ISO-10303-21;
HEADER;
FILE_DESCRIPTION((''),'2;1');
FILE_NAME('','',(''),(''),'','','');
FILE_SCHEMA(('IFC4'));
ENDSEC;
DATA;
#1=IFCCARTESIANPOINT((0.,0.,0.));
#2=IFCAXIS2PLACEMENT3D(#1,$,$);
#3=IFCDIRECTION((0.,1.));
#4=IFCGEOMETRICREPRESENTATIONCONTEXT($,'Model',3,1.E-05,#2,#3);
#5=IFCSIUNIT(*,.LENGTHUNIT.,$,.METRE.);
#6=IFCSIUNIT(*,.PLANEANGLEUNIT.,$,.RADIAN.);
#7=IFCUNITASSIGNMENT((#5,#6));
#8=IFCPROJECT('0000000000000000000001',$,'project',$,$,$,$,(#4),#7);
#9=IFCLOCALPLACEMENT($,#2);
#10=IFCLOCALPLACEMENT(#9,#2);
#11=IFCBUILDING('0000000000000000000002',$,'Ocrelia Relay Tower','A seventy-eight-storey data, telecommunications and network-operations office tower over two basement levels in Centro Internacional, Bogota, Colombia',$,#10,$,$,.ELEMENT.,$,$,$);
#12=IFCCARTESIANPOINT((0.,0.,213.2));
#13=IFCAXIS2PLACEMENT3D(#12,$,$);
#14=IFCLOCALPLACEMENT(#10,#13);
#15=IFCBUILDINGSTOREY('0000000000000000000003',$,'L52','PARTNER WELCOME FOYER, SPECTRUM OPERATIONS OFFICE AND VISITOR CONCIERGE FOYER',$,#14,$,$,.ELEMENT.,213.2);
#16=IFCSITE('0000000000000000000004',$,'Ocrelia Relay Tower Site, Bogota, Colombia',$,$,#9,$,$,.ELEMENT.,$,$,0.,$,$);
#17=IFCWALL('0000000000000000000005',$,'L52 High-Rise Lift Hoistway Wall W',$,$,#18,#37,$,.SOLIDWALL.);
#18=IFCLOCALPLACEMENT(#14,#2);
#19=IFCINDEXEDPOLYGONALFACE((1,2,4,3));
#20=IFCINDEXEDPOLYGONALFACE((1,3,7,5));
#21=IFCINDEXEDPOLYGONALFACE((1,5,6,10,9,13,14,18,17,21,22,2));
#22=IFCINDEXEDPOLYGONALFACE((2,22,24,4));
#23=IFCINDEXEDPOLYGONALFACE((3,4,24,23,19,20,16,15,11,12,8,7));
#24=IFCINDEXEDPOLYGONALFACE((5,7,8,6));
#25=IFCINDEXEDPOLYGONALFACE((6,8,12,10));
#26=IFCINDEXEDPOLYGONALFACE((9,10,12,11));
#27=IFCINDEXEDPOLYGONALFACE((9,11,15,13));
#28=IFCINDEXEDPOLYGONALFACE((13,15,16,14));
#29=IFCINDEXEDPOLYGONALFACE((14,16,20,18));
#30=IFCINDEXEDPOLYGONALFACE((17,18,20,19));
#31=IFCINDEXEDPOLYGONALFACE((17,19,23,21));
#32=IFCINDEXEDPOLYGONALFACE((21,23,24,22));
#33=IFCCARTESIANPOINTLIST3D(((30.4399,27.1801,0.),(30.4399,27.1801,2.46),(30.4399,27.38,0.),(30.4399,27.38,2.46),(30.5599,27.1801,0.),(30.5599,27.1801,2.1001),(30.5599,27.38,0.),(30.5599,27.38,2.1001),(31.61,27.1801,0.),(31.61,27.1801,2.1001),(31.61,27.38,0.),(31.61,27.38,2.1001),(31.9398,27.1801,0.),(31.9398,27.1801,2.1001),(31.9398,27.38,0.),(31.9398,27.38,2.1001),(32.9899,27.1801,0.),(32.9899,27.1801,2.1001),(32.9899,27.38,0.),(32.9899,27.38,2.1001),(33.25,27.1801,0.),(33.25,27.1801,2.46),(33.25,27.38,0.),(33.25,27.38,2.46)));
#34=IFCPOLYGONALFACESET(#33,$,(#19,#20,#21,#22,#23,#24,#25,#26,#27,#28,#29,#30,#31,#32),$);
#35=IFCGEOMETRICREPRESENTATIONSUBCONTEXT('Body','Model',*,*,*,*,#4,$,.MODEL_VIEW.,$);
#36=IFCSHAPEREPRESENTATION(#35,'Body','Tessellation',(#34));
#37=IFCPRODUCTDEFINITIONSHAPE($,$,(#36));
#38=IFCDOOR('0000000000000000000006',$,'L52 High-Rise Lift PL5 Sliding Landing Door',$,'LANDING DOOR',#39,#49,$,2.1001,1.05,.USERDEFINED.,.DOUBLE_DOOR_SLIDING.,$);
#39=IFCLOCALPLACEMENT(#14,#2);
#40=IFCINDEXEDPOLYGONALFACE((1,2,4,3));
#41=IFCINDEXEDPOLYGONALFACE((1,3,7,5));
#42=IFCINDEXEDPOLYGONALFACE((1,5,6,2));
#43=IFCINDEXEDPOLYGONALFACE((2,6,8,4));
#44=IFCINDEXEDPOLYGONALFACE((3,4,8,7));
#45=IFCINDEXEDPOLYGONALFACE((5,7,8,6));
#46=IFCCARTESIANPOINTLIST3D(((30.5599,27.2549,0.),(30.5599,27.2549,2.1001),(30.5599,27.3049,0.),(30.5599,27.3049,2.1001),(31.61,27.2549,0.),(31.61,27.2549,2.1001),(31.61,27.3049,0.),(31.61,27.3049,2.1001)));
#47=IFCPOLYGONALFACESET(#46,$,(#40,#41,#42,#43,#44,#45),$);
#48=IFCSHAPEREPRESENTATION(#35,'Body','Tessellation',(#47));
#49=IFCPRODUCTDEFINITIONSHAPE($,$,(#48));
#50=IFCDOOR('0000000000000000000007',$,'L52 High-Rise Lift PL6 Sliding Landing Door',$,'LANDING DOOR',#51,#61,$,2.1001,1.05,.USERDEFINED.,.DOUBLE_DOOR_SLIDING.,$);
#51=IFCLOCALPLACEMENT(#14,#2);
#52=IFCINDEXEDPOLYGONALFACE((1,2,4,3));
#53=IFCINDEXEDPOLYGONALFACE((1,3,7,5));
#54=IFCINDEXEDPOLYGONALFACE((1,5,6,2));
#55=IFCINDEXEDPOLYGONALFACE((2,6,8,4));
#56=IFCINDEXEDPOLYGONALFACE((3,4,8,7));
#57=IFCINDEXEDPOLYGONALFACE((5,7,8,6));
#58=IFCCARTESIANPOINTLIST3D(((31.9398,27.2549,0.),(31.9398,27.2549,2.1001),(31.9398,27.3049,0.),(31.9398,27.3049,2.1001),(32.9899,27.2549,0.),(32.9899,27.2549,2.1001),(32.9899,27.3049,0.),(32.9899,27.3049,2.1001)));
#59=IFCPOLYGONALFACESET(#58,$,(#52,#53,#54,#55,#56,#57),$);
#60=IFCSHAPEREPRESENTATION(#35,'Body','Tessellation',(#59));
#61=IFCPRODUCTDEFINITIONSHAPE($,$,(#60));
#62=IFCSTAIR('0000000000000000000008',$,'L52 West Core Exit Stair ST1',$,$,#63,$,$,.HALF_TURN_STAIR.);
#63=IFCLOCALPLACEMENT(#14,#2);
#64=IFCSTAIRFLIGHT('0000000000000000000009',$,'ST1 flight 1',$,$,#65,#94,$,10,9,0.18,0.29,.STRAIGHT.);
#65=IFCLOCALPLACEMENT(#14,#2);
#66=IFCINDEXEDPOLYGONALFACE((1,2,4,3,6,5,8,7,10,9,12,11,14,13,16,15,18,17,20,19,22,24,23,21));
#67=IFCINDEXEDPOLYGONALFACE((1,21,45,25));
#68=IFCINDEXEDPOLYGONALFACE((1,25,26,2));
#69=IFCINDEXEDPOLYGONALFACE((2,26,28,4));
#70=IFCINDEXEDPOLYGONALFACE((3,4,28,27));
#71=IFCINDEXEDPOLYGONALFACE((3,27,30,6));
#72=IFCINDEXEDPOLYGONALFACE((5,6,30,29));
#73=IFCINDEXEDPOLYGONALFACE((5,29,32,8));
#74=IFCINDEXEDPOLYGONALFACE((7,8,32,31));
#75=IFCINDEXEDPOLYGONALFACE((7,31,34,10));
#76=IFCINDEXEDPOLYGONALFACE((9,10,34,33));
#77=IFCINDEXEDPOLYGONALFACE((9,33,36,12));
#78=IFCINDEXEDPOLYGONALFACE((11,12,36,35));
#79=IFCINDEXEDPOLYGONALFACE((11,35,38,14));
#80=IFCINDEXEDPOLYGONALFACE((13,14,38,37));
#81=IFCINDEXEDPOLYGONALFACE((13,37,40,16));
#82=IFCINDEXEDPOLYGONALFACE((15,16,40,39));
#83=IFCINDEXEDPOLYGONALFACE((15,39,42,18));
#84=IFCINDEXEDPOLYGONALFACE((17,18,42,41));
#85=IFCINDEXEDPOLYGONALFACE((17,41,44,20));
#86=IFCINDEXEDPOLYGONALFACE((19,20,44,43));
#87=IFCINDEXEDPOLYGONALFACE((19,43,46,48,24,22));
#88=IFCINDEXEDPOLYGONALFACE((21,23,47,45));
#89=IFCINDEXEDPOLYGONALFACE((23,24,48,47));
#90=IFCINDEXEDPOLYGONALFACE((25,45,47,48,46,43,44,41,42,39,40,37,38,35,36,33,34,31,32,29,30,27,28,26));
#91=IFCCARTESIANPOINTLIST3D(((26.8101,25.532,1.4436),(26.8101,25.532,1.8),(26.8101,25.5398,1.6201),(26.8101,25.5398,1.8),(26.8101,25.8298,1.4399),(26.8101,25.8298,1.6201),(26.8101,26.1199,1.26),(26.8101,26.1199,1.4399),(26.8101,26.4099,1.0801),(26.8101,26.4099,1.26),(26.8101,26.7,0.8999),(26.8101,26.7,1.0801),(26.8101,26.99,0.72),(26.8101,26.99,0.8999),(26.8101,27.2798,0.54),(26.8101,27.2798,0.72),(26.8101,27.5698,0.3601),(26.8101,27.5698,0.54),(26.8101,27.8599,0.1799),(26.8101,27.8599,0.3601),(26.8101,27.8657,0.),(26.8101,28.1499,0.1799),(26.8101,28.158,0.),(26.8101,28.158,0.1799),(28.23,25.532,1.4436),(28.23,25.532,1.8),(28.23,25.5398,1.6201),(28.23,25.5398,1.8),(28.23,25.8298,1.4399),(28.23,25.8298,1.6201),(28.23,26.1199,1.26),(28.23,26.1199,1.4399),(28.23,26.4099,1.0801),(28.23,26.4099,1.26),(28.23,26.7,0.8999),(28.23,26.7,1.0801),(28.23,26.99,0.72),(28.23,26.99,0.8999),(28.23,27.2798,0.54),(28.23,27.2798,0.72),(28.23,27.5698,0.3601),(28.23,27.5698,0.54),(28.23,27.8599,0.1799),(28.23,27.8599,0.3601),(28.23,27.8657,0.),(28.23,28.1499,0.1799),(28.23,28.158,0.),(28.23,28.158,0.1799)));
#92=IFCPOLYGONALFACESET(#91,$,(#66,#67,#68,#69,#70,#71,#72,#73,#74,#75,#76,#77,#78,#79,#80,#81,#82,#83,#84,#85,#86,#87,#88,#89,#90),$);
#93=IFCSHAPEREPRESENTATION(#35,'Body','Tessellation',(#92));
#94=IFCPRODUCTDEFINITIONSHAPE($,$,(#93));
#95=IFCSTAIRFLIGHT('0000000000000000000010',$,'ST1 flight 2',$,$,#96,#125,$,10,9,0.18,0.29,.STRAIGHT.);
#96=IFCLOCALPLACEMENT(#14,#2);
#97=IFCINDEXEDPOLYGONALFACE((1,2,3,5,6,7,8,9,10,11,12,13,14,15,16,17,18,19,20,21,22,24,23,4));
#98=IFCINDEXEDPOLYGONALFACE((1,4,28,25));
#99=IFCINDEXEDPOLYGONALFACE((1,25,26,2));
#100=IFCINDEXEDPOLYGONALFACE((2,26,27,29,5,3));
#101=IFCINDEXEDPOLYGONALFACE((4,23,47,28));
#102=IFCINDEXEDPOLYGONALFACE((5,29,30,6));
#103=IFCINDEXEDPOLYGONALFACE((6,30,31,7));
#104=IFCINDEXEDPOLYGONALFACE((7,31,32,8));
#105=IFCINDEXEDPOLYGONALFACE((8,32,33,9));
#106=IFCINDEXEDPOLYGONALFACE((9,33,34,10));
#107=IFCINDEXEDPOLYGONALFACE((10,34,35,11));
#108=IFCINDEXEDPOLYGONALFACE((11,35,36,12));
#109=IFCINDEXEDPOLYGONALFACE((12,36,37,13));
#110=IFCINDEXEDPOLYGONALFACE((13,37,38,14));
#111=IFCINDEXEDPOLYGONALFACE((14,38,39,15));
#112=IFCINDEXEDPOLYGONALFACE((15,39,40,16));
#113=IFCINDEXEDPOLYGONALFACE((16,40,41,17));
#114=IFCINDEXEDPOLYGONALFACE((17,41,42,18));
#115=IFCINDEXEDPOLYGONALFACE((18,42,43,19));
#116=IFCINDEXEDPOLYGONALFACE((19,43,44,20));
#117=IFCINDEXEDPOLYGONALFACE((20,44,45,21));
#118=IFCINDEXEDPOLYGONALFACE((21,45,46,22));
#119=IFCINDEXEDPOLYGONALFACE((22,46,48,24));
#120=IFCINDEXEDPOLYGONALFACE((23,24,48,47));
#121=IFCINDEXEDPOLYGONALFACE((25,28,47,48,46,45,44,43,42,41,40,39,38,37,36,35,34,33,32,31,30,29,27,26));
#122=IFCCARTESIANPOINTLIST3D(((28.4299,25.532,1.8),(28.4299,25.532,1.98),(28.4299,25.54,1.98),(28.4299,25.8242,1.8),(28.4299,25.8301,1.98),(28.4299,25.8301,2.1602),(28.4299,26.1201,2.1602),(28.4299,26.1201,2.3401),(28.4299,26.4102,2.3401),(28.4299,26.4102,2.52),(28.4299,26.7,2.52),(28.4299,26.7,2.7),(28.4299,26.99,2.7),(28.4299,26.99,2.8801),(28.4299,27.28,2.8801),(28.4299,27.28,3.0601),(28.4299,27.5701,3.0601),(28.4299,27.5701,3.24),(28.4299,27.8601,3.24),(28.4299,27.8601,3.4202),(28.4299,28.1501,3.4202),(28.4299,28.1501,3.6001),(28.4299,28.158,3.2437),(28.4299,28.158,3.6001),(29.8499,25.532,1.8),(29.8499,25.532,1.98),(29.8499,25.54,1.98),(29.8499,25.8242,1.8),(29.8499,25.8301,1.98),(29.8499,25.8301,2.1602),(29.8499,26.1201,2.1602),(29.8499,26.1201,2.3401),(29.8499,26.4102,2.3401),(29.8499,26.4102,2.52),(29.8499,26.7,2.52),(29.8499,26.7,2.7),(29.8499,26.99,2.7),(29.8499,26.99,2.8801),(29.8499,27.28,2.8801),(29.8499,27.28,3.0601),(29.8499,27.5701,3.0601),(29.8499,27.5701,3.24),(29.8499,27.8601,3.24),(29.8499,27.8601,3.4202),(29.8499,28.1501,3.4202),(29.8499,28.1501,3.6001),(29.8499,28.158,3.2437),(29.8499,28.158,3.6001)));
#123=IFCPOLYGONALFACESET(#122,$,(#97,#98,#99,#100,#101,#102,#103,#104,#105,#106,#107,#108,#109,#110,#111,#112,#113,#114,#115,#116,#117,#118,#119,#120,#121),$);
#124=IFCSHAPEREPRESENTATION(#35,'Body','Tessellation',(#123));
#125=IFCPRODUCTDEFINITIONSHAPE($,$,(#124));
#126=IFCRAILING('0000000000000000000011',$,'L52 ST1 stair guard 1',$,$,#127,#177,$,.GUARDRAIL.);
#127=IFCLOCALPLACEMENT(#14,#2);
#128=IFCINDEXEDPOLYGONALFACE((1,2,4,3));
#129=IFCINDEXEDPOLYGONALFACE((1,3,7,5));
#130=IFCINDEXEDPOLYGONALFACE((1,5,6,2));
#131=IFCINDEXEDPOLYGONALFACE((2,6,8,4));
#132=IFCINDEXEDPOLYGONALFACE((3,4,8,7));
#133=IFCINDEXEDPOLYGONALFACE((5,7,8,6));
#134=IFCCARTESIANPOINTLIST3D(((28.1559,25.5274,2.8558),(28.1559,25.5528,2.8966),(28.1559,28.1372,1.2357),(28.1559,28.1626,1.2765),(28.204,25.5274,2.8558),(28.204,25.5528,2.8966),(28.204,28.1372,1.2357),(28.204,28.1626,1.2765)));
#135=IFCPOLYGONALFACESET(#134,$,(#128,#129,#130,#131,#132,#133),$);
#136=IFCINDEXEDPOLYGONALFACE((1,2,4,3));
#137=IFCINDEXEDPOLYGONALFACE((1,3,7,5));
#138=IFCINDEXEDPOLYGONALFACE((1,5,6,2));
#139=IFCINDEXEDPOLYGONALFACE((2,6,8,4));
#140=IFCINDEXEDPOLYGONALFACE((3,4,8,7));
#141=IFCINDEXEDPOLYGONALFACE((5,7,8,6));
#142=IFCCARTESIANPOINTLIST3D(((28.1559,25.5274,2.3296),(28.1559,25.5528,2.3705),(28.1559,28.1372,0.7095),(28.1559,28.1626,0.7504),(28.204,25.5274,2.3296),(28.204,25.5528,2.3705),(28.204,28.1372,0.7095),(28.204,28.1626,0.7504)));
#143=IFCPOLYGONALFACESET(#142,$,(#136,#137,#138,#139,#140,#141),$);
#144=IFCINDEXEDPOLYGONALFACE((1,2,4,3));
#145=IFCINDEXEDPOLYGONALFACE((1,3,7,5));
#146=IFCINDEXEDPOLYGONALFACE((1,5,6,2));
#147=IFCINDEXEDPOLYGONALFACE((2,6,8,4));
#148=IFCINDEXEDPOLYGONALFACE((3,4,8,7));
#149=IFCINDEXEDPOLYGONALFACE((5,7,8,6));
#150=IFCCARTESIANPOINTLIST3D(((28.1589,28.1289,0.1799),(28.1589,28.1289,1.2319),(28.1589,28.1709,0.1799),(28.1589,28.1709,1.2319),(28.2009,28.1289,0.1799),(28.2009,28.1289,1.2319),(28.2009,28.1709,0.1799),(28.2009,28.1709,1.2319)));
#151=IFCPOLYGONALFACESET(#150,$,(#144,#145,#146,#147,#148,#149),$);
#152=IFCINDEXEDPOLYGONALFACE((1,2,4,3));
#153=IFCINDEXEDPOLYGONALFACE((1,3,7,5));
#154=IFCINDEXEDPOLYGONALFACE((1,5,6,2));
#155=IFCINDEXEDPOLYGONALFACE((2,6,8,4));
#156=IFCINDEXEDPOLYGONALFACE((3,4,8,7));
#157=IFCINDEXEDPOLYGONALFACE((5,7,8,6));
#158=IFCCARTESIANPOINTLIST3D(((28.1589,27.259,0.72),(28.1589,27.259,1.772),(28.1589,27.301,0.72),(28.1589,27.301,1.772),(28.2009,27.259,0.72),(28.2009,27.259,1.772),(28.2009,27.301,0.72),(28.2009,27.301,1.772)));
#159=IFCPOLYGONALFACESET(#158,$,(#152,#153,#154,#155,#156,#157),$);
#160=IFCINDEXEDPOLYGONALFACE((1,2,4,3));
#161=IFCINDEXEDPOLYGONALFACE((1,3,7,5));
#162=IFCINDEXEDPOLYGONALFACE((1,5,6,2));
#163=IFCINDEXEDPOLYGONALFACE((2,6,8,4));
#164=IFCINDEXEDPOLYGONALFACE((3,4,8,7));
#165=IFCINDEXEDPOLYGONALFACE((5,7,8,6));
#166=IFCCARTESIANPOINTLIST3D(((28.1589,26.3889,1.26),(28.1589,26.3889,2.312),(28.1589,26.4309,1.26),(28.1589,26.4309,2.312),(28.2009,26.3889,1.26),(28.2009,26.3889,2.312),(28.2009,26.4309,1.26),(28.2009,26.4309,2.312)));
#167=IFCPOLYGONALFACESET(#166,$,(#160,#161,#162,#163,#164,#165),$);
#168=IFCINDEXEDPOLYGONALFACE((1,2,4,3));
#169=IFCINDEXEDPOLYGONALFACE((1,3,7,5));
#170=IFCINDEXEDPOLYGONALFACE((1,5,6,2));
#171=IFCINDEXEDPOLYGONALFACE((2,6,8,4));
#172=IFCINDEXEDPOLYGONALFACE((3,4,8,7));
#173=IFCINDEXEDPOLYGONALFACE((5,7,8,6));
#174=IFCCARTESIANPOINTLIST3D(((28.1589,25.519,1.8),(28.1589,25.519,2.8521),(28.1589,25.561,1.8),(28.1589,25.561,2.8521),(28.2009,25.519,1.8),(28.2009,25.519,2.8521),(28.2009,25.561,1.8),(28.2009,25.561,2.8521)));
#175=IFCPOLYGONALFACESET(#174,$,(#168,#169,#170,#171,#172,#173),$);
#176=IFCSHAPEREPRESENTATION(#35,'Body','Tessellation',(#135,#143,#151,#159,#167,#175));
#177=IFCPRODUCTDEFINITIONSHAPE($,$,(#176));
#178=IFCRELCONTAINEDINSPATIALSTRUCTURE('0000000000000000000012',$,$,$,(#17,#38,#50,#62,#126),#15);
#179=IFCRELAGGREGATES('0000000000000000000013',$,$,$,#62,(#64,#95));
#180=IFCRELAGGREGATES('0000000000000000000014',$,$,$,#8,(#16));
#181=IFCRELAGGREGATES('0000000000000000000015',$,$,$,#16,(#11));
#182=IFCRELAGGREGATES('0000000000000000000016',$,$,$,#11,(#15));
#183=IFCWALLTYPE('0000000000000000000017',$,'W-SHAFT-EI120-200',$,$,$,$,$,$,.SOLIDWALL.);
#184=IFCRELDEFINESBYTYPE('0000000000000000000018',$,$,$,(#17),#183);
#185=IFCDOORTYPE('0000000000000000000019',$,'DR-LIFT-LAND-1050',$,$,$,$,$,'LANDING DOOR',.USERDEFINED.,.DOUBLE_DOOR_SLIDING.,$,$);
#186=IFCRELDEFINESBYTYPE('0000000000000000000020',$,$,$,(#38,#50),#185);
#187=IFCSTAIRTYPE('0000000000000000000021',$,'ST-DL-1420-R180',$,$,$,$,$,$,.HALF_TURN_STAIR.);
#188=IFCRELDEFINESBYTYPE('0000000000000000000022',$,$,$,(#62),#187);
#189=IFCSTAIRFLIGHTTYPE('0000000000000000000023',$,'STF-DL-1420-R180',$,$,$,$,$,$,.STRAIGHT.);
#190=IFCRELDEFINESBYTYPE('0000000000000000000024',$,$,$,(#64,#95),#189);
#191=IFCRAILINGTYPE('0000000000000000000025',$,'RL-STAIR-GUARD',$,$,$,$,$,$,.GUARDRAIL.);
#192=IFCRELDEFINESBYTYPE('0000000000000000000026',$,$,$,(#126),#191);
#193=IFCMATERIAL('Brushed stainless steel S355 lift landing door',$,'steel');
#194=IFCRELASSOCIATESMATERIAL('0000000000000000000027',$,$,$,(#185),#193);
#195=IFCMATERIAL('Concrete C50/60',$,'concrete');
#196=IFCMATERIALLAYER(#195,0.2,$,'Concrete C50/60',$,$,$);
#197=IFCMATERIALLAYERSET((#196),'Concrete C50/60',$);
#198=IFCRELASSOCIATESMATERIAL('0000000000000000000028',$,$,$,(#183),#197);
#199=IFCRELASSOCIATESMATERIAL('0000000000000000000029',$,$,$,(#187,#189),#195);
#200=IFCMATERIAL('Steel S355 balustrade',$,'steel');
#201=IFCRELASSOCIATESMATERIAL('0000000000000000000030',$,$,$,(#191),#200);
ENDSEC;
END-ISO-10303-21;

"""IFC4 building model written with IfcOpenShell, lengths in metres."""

from ifc_helpers import new_model, si_unit, direction, frame, frame_2d, origin, origin_2d, place, context, subcontext, project, spatial, polyline, rectangle, outline, extrude, material, layer, layer_set, type_object, element, fill, aggregate, save


model = new_model("IFC4")

# Units and contexts
model_context = context("Model", 3, precision=1e-05, world=origin(), true_north=direction((0.0, 1.0)))
body_context = subcontext(model_context, "Body", "Model", "MODEL_VIEW")
ifc_project = project(units=[si_unit("LENGTHUNIT", "METRE"), si_unit("PLANEANGLEUNIT", "RADIAN")], contexts=[model_context])

# Site, building, storey
site_placement = place(None, origin())
site = spatial("IfcSite", under=ifc_project, at=site_placement, Name="Ocrelia Relay Tower Site, Bogota, Colombia", CompositionType="ELEMENT", RefElevation=0.0)
building_placement = place(site_placement, origin())
building = spatial("IfcBuilding", under=site, at=building_placement, Name="Ocrelia Relay Tower", Description="A seventy-eight-storey data, telecommunications and network-operations office tower over two basement levels in Centro Internacional, Bogota, Colombia", CompositionType="ELEMENT")
storey_placement = place(building_placement, frame((0.0, 0.0, 213.2)))
storey = spatial("IfcBuildingStorey", under=building, at=storey_placement, Name="L52", Description="PARTNER WELCOME FOYER, SPECTRUM OPERATIONS OFFICE AND VISITOR CONCIERGE FOYER", CompositionType="ELEMENT", Elevation=213.2)

# Shared definitions
ifc_material_1 = material(Name="Concrete C50/60", Category="concrete")

# Shared definitions
ifc_material_2 = material(Name="Brushed stainless steel S355 lift landing door", Category="steel")
door_type_1 = type_object("IfcDoorType", Name="DR-LIFT-LAND-1050", ElementType="LANDING DOOR", OperationType="DOUBLE_DOOR_SLIDING", PredefinedType="USERDEFINED", material=ifc_material_2)

# Shared definitions
ifc_layer_1 = layer(ifc_material_1, 0.2, Name="Concrete C50/60")
ifc_layer_set_1 = layer_set([ifc_layer_1], Name="Concrete C50/60")
wall_type_1 = type_object("IfcWallType", Name="W-SHAFT-EI120-200", PredefinedType="SOLIDWALL", material=ifc_layer_set_1)

# Wall, openings, doors
wall_1_placement = place(storey_placement, frame((30.4399, 27.28, 0.0), z_axis=(0.0, 0.0, 1.0), x_axis=(1.0, 0.0, 0.0)))
wall_1 = element("IfcWall", 1, at=wall_1_placement, inside=storey, type_object=wall_type_1, Name="L52 High-Rise Lift Hoistway Wall W", PredefinedType="SOLIDWALL", context=body_context, shape_type="SweptSolid", body=[
    extrude(rectangle(XDim=2.8101, YDim=0.2, at=frame_2d((1.405, 0.0))), origin(), (0.0, 0.0, 1.0), 2.46),
])
opening_1_placement = place(wall_1_placement, frame((0.1201, 0.0, 0.0)))
opening_1 = element("IfcOpeningElement", 2, at=opening_1_placement, cuts=wall_1, PredefinedType="OPENING", context=body_context, shape_type="SweptSolid", body=[
    extrude(rectangle(XDim=1.05, YDim=2.1001, at=frame_2d((0.5249, 1.05))), frame((0.0, 0.1099, 0.0), z_axis=(0.0, -1.0, 0.0), x_axis=(1.0, 0.0, 0.0)), (0.0, 0.0, 1.0), 0.22),
])
opening_2_placement = place(wall_1_placement, frame((1.5, 0.0, 0.0)))
opening_2 = element("IfcOpeningElement", 3, at=opening_2_placement, cuts=wall_1, PredefinedType="OPENING", context=body_context, shape_type="SweptSolid", body=[
    extrude(rectangle(XDim=1.05, YDim=2.1001, at=frame_2d((0.5249, 1.05))), frame((0.0, 0.1099, 0.0), z_axis=(0.0, -1.0, 0.0), x_axis=(1.0, 0.0, 0.0)), (0.0, 0.0, 1.0), 0.22),
])
door_1_placement = place(opening_1_placement, origin())
door_1 = element("IfcDoor", 4, at=door_1_placement, inside=storey, type_object=door_type_1, Name="L52 High-Rise Lift PL5 Sliding Landing Door", ObjectType="LANDING DOOR", OperationType="DOUBLE_DOOR_SLIDING", OverallHeight=2.1001, OverallWidth=1.05, PredefinedType="USERDEFINED", context=body_context, shape_type="SweptSolid", body=[
    extrude(rectangle(XDim=1.05, YDim=2.1001, at=frame_2d((0.5249, 1.05))), frame((0.0, 0.0249, 0.0), z_axis=(0.0, -1.0, 0.0), x_axis=(1.0, 0.0, 0.0)), (0.0, 0.0, 1.0), 0.05),
])
fill(opening_1, door_1)
door_2_placement = place(opening_2_placement, origin())
door_2 = element("IfcDoor", 5, at=door_2_placement, inside=storey, type_object=door_type_1, Name="L52 High-Rise Lift PL6 Sliding Landing Door", ObjectType="LANDING DOOR", OperationType="DOUBLE_DOOR_SLIDING", OverallHeight=2.1001, OverallWidth=1.05, PredefinedType="USERDEFINED", context=body_context, shape_type="SweptSolid", body=[
    extrude(rectangle(XDim=1.05, YDim=2.1001, at=frame_2d((0.5249, 1.05))), frame((0.0, 0.0249, 0.0), z_axis=(0.0, -1.0, 0.0), x_axis=(1.0, 0.0, 0.0)), (0.0, 0.0, 1.0), 0.05),
])
fill(opening_2, door_2)

# Stair, stair flights
stair_type = type_object("IfcStairType", Name="ST-DL-1420-R180", PredefinedType="HALF_TURN_STAIR", material=ifc_material_1)
stair_placement = place(storey_placement, origin())
stair = element("IfcStair", 6, at=stair_placement, inside=storey, type_object=stair_type, Name="L52 West Core Exit Stair ST1", PredefinedType="HALF_TURN_STAIR")
stair_flight_type = type_object("IfcStairFlightType", Name="STF-DL-1420-R180", PredefinedType="STRAIGHT", material=ifc_material_1)
stair_flight_1_placement = place(storey_placement, frame((27.52, 28.1499, 0.0), z_axis=(0.0, 0.0, 1.0), x_axis=(0.0, -1.0, 0.0)))
stair_flight_1 = element("IfcStairFlight", 7, at=stair_flight_1_placement, type_object=stair_flight_type, Name="ST1 flight 1", NumberOfRisers=10, NumberOfTreads=9, PredefinedType="STRAIGHT", RiserHeight=0.18, TreadLength=0.29, context=body_context, shape_type="SweptSolid", body=[
    extrude(outline(polyline([(-0.0081, 0.0), (-0.0081, 0.1799), (0.0, 0.1799), (0.29, 0.1799), (0.29, 0.3601), (0.5801, 0.3601), (0.5801, 0.54), (0.8701, 0.54), (0.8701, 0.72), (1.1599, 0.72), (1.1599, 0.8999), (1.45, 0.8999), (1.45, 1.0801), (1.74, 1.0801), (1.74, 1.26), (2.03, 1.26), (2.03, 1.4399), (2.3201, 1.4399), (2.3201, 1.6201), (2.6101, 1.6201), (2.6101, 1.8), (2.6179, 1.8), (2.6179, 1.4436), (0.2842, 0.0), (-0.0081, 0.0)])), frame((0.0, 0.71, 0.0), z_axis=(0.0, -1.0, 0.0), x_axis=(1.0, 0.0, 0.0)), (0.0, 0.0, 1.0), 1.4199),
])
stair_flight_2_placement = place(storey_placement, frame((29.1399, 25.54, 1.8), z_axis=(0.0, 0.0, 1.0), x_axis=(0.0, 1.0, 0.0)))
stair_flight_2 = element("IfcStairFlight", 8, at=stair_flight_2_placement, type_object=stair_flight_type, Name="ST1 flight 2", NumberOfRisers=10, NumberOfTreads=9, PredefinedType="STRAIGHT", RiserHeight=0.18, TreadLength=0.29, context=body_context, shape_type="SweptSolid", body=[
    extrude(outline(polyline([(-0.0081, 0.0), (-0.0081, 0.1799), (0.0, 0.1799), (0.29, 0.1799), (0.29, 0.3601), (0.5801, 0.3601), (0.5801, 0.54), (0.8701, 0.54), (0.8701, 0.72), (1.1599, 0.72), (1.1599, 0.8999), (1.45, 0.8999), (1.45, 1.0801), (1.74, 1.0801), (1.74, 1.26), (2.03, 1.26), (2.03, 1.4399), (2.3201, 1.4399), (2.3201, 1.6201), (2.6101, 1.6201), (2.6101, 1.8), (2.6179, 1.8), (2.6179, 1.4436), (0.2842, 0.0), (-0.0081, 0.0)])), frame((0.0, 0.71, 0.0), z_axis=(0.0, -1.0, 0.0), x_axis=(1.0, 0.0, 0.0)), (0.0, 0.0, 1.0), 1.4199),
])
aggregate(stair, [stair_flight_1, stair_flight_2])

# Railing
ifc_material_3 = material(Name="Steel S355 balustrade", Category="steel")
railing_type_1 = type_object("IfcRailingType", Name="RL-STAIR-GUARD", PredefinedType="GUARDRAIL", material=ifc_material_3)
railing_1_placement = place(storey_placement, frame((28.1799, 28.1499, 0.1799)))
element("IfcRailing", 9, at=railing_1_placement, inside=storey, type_object=railing_type_1, Name="L52 ST1 stair guard 1", PredefinedType="GUARDRAIL", context=body_context, shape_type="SweptSolid", body=[
    extrude(rectangle(XDim=0.0481, YDim=0.0481, at=origin_2d()), frame((0.0, 0.0, 1.0762), z_axis=(0.0, -0.849611, 0.52741), x_axis=(1.0, 0.0, 0.0)), (0.0, 0.0, 1.0), 3.0718),
    extrude(rectangle(XDim=0.0481, YDim=0.0481, at=origin_2d()), frame((0.0, 0.0, 0.55), z_axis=(0.0, -0.849611, 0.52741), x_axis=(1.0, 0.0, 0.0)), (0.0, 0.0, 1.0), 3.0718),
    extrude(rectangle(XDim=0.042, YDim=0.042, at=origin_2d()), origin(), (0.0, 0.0, 1.0), 1.052),
    extrude(rectangle(XDim=0.042, YDim=0.042, at=origin_2d()), frame((0.0, -0.8699, 0.54)), (0.0, 0.0, 1.0), 1.052),
    extrude(rectangle(XDim=0.042, YDim=0.042, at=origin_2d()), frame((0.0, -1.74, 1.0801)), (0.0, 0.0, 1.0), 1.052),
    extrude(rectangle(XDim=0.042, YDim=0.042, at=origin_2d()), frame((0.0, -2.6099, 1.6201)), (0.0, 0.0, 1.0), 1.052),
])

save(model, "model.ifc")
